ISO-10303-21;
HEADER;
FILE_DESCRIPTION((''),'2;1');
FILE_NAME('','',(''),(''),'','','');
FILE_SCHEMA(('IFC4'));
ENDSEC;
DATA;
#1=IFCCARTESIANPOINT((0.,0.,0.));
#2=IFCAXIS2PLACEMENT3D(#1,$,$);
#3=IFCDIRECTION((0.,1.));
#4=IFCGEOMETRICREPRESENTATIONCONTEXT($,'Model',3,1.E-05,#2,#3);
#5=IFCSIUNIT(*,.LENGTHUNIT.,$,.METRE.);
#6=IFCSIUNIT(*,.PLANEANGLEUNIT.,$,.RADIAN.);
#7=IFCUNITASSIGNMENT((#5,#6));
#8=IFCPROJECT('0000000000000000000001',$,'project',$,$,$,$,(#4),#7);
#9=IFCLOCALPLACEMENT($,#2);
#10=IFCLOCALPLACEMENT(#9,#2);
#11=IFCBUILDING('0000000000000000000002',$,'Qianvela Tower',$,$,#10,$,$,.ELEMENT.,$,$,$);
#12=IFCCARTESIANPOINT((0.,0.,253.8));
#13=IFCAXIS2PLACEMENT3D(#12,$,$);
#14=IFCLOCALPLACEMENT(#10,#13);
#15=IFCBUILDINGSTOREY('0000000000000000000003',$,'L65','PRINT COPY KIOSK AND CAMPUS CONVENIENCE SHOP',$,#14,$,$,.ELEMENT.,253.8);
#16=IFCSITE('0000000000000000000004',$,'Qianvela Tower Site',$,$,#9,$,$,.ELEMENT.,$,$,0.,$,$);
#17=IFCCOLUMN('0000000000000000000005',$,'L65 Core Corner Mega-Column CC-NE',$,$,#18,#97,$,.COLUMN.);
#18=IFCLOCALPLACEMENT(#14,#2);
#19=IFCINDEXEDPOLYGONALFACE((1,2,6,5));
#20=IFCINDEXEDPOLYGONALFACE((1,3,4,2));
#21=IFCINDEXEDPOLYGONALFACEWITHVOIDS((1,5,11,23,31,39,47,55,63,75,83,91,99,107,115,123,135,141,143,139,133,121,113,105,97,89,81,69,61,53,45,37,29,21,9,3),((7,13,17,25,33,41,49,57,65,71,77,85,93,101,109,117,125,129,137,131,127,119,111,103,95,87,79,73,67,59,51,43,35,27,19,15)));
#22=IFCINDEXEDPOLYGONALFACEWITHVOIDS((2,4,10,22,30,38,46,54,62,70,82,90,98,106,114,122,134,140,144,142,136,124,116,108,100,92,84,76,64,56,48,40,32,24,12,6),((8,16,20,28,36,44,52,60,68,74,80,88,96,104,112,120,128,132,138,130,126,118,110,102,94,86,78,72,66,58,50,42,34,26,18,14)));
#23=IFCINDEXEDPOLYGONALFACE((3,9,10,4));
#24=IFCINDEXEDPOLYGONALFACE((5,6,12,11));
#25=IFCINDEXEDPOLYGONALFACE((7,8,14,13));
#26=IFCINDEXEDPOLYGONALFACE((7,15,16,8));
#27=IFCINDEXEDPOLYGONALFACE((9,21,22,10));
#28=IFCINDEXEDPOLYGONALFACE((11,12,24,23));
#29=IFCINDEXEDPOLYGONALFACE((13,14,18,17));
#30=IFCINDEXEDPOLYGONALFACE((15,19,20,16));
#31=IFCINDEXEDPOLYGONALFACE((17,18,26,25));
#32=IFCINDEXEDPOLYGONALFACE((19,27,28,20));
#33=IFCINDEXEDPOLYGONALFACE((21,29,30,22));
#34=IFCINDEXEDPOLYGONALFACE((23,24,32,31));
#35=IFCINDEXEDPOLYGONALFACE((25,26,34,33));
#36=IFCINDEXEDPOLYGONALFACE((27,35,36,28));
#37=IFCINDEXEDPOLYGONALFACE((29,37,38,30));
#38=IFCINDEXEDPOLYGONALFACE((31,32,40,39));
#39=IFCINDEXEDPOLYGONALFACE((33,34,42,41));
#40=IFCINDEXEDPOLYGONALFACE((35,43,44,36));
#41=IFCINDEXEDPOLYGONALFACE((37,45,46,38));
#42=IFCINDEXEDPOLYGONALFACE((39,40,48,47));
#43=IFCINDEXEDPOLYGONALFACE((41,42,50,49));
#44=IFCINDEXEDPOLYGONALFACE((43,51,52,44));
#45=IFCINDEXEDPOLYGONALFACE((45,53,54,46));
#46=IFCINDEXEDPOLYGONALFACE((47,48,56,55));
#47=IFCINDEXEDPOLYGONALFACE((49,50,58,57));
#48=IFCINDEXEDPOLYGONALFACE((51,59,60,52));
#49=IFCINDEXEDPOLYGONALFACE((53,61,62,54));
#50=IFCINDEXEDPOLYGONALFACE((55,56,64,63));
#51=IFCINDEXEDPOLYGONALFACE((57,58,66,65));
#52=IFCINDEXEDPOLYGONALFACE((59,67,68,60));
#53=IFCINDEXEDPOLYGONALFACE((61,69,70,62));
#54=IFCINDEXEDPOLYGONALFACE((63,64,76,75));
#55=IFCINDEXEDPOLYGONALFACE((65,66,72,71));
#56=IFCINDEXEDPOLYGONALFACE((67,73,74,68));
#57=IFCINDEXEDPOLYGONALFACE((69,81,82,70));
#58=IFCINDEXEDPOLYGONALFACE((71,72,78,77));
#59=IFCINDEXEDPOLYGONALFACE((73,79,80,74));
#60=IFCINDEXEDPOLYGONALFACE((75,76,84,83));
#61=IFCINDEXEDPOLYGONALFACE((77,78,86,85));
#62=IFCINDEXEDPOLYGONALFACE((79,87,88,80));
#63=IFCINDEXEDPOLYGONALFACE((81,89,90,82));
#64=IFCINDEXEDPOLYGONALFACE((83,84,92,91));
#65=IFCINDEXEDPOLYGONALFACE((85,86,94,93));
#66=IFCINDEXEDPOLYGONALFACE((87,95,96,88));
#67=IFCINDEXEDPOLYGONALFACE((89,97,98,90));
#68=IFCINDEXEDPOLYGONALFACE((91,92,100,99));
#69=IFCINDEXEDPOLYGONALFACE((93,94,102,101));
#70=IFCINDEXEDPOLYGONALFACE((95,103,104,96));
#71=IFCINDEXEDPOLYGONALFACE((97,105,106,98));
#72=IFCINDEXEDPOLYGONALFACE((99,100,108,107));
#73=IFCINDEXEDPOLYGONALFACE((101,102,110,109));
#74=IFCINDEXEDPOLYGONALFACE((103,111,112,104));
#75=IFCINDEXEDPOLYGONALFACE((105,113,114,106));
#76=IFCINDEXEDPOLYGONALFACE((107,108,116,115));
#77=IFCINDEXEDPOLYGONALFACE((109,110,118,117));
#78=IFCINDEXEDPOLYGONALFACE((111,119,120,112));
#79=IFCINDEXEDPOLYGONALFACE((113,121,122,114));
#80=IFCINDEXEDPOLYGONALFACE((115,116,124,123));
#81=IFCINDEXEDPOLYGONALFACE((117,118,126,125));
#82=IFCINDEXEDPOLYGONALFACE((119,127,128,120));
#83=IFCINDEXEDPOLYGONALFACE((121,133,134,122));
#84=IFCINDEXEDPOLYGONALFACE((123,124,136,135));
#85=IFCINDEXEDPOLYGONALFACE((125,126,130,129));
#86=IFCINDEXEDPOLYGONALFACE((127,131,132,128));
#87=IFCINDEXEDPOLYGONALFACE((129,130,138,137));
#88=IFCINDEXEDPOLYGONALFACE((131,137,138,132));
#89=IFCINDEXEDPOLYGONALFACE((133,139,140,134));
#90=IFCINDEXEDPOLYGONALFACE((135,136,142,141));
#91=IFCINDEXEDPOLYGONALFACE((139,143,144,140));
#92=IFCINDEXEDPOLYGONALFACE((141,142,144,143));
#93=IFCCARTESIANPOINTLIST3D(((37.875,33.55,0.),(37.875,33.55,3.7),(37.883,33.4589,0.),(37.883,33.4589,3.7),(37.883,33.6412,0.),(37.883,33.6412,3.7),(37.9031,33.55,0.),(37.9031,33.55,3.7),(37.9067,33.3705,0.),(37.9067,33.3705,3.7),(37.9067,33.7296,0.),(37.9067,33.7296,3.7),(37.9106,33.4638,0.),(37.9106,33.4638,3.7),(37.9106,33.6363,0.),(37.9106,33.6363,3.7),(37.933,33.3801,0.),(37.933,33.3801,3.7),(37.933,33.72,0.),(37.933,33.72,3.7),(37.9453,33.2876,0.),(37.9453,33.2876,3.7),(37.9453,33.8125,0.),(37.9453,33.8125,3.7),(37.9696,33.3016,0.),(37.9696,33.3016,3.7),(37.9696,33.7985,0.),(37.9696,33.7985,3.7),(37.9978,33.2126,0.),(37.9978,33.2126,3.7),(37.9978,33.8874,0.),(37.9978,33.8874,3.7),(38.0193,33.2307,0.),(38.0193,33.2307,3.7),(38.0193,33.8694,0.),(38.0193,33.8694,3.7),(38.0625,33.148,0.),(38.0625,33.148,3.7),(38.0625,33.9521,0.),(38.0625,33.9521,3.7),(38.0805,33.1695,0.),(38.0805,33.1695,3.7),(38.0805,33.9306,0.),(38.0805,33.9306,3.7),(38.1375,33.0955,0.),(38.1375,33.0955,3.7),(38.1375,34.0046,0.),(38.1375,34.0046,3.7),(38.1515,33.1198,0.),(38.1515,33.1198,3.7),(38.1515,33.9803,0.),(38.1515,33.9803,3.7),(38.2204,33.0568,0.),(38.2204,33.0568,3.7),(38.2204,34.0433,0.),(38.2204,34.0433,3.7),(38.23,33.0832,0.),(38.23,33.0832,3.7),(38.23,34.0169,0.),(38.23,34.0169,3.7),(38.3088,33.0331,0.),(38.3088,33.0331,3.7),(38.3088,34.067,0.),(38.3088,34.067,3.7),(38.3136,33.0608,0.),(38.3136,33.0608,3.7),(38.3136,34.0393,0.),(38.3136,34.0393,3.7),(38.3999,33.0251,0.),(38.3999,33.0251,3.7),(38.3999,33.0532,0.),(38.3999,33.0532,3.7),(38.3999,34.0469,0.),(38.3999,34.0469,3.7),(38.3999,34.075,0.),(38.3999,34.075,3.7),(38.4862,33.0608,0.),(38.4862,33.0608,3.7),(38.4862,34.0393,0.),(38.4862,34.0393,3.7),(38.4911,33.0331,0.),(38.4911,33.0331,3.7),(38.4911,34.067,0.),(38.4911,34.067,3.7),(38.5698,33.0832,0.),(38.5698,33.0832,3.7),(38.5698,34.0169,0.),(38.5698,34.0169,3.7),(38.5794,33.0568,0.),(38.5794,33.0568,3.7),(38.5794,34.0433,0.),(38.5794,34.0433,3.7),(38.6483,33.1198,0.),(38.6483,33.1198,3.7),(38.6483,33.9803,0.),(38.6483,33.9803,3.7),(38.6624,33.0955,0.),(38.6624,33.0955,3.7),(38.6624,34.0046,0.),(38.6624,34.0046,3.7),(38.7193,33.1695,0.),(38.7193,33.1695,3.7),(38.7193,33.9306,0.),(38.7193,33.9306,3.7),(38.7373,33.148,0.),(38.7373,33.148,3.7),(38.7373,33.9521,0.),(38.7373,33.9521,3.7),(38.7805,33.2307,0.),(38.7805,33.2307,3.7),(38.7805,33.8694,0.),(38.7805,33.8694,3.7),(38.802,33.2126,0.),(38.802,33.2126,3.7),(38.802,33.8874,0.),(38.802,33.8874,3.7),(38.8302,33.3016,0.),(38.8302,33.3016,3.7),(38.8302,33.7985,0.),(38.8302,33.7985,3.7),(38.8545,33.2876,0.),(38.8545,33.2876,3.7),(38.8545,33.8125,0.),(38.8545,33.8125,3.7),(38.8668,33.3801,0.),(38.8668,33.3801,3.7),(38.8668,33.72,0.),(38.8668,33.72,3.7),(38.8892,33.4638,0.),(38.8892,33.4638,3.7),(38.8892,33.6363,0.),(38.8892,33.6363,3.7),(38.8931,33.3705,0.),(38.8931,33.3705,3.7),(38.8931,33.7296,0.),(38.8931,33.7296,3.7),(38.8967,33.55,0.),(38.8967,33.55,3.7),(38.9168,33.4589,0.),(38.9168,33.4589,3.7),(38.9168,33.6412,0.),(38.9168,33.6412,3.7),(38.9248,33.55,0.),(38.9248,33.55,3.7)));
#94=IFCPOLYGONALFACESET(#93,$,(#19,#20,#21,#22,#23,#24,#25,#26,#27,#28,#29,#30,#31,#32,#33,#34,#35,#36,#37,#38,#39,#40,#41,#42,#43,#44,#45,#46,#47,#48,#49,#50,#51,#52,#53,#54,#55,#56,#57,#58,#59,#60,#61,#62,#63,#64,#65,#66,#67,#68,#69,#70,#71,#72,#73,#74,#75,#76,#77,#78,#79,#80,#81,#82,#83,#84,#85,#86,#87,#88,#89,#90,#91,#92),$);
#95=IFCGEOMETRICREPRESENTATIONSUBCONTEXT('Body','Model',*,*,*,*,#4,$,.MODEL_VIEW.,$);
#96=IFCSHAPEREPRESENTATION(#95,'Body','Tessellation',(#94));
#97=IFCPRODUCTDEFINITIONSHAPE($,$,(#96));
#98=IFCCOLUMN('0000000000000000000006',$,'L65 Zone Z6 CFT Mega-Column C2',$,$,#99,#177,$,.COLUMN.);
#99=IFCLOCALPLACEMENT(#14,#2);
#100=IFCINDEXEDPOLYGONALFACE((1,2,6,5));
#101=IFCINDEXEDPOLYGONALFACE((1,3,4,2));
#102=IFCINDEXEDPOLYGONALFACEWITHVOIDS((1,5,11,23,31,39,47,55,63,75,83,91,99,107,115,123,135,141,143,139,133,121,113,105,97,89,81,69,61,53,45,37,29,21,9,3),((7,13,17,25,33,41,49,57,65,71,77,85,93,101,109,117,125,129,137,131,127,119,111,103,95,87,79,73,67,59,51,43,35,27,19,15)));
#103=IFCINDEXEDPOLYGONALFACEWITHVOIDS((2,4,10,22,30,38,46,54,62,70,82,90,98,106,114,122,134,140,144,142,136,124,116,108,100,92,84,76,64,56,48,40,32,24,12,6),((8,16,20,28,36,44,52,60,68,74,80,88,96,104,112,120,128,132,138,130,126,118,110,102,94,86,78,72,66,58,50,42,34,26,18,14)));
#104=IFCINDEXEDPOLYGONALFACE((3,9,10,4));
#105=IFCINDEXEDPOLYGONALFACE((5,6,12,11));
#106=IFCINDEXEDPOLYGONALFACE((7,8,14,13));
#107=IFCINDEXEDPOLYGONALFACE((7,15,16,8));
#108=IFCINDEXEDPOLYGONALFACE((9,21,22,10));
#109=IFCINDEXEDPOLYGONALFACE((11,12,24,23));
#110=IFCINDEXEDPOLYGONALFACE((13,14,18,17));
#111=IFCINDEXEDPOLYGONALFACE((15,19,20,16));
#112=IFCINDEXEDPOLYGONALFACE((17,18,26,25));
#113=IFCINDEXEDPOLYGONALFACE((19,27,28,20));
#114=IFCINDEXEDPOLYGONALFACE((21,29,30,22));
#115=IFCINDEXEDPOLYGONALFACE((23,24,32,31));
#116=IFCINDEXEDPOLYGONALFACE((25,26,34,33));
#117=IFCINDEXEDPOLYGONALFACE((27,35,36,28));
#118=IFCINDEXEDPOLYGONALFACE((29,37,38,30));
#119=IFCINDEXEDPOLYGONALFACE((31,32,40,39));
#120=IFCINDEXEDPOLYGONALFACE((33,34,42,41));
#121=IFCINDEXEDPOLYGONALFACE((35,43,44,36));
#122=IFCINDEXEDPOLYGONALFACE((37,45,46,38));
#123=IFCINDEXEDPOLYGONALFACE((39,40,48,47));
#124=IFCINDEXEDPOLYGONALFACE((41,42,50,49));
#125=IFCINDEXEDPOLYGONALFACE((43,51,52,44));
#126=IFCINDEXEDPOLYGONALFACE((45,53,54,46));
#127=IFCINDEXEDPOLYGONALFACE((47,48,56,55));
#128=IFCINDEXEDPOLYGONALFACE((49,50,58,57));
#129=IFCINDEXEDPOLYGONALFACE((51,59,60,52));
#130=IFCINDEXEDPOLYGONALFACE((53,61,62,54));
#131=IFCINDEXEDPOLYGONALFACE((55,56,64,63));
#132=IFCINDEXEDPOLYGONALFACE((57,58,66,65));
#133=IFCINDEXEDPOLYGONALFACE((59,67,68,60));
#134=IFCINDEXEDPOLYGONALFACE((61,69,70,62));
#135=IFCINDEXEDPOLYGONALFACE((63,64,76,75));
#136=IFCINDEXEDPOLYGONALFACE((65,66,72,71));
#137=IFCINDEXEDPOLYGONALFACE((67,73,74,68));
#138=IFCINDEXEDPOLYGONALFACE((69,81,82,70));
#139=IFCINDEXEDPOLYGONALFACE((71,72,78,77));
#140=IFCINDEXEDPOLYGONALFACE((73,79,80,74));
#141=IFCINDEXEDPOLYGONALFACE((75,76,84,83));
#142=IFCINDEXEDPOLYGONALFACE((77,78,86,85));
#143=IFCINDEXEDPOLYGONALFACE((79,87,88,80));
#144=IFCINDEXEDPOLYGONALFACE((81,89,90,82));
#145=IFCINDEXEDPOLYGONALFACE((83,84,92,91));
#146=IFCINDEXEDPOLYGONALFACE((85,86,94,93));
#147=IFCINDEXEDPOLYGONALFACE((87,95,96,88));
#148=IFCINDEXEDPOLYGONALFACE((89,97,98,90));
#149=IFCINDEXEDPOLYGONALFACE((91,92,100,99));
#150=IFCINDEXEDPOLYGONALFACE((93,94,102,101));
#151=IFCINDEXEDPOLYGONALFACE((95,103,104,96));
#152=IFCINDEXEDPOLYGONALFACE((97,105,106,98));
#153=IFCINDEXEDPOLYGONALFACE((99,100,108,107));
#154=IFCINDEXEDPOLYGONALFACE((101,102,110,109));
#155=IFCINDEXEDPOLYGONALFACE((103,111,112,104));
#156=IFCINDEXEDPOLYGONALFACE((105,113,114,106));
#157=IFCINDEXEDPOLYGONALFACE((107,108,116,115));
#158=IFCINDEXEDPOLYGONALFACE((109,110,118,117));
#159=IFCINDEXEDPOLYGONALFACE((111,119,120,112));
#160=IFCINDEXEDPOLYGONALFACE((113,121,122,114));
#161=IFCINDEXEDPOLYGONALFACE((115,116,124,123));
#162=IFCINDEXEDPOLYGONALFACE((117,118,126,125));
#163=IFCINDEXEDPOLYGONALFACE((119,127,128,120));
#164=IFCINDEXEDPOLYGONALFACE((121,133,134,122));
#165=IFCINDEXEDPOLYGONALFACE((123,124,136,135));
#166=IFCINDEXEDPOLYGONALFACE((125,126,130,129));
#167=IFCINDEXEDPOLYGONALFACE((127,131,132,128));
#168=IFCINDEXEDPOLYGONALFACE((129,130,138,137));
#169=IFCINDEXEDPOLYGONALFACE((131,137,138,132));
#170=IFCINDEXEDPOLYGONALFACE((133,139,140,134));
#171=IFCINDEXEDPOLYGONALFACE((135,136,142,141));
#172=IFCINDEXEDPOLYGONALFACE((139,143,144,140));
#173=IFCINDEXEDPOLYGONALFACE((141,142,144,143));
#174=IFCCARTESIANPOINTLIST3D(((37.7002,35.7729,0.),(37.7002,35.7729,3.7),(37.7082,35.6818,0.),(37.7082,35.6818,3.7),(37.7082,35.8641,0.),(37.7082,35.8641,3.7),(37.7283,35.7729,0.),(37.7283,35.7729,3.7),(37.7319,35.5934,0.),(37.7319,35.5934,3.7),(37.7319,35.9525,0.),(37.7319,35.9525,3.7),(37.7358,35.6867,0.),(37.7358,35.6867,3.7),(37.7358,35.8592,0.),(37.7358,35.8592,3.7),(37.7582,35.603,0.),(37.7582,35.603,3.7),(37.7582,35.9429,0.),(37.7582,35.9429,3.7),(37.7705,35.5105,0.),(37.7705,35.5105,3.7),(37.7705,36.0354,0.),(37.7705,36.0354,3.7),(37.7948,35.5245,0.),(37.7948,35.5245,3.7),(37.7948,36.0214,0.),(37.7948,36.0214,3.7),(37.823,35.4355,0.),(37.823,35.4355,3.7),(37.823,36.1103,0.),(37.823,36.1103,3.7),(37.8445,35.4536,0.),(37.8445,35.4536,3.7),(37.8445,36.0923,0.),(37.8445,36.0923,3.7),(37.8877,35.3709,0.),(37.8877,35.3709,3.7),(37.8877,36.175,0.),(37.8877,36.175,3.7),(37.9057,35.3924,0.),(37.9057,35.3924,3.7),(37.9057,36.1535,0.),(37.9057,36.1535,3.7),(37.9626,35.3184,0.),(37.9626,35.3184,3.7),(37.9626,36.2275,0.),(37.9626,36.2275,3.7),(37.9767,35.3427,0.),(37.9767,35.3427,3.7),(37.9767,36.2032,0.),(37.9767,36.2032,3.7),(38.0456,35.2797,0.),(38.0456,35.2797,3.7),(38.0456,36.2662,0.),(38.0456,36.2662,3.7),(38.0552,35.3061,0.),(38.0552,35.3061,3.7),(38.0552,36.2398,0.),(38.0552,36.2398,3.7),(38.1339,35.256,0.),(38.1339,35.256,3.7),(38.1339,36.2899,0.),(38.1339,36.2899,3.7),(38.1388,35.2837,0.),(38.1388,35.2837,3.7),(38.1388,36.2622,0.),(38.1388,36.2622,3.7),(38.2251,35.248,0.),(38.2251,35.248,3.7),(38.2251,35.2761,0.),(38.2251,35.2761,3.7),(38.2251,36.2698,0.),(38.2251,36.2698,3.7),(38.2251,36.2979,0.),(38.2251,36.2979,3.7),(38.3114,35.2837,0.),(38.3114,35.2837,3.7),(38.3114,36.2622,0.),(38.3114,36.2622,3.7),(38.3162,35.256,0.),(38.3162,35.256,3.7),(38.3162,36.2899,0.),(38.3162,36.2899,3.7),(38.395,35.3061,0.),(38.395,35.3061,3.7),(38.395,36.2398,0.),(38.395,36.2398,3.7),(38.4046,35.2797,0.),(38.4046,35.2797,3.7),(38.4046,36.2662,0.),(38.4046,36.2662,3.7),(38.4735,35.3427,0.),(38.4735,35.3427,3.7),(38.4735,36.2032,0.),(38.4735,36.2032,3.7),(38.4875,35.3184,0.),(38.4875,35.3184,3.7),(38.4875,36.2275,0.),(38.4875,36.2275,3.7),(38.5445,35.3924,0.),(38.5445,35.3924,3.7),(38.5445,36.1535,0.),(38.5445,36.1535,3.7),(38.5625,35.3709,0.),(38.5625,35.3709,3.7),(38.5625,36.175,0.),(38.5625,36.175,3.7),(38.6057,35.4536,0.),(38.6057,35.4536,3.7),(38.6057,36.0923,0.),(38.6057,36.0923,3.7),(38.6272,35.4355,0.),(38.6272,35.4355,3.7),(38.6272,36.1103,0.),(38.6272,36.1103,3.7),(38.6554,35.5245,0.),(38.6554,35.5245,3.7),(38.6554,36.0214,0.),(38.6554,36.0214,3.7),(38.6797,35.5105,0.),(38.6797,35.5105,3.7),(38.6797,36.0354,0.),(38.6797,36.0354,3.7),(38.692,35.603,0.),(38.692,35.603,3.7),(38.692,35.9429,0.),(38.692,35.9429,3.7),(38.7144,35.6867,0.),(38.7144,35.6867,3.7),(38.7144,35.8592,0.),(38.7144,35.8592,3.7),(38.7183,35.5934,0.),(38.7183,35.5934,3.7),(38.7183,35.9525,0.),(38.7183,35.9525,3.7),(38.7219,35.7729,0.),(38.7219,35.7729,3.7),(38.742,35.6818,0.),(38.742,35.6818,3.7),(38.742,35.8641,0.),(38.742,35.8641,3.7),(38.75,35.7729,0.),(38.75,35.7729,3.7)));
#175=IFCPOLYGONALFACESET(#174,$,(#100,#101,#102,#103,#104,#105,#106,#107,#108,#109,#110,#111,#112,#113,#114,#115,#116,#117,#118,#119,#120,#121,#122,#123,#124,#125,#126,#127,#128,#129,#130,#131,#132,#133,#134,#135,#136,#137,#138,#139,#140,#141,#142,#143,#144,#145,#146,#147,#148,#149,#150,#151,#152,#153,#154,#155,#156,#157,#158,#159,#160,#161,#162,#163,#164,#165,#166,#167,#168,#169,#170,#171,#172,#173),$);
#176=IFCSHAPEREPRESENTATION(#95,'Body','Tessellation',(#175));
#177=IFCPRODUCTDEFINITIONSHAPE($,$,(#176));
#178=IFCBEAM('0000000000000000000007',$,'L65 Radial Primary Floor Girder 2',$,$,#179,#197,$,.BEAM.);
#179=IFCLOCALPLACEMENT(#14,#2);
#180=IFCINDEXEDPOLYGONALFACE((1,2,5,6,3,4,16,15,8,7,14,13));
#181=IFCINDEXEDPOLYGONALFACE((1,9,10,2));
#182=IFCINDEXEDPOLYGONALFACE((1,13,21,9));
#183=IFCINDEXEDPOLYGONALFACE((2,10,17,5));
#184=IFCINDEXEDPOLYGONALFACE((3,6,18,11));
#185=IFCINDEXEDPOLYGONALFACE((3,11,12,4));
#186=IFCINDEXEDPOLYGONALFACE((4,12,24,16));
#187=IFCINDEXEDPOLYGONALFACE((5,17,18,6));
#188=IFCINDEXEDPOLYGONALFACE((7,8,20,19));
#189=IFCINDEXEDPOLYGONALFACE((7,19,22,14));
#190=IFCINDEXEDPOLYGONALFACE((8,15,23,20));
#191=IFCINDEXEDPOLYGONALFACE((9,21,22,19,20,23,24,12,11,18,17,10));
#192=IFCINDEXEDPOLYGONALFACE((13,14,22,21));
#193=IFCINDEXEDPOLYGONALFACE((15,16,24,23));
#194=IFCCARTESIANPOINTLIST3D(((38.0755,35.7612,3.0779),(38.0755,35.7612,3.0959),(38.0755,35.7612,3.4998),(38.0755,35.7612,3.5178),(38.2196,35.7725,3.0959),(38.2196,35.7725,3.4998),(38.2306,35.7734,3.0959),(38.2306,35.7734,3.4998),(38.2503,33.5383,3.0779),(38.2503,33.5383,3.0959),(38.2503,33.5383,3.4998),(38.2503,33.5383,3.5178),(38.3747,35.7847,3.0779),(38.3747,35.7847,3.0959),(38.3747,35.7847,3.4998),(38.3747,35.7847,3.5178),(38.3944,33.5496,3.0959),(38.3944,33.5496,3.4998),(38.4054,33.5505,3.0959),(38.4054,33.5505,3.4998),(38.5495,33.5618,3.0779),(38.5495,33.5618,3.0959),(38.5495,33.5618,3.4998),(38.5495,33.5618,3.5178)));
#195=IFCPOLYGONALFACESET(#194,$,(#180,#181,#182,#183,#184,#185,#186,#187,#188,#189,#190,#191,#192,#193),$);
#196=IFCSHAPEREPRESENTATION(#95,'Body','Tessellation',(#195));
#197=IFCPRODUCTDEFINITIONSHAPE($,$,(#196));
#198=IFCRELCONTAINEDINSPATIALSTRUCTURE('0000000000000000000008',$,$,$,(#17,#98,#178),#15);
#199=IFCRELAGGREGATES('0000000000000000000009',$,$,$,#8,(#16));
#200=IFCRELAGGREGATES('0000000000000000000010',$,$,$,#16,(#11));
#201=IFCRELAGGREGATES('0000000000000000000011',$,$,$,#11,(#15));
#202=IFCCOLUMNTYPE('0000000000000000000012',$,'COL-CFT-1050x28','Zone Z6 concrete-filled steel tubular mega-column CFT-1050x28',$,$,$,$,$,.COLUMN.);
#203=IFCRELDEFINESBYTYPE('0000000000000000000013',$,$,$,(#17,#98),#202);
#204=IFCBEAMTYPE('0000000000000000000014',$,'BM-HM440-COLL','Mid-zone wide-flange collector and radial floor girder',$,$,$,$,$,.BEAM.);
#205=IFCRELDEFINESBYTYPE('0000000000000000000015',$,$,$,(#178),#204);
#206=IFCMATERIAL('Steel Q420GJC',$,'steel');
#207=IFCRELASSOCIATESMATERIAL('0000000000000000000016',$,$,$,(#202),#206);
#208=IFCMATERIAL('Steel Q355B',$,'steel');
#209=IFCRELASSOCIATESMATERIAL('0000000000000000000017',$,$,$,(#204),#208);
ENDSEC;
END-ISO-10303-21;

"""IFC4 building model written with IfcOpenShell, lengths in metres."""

from ifc_helpers import new_model, si_unit, direction, frame, origin, origin_2d, place, context, subcontext, project, spatial, hollow_circle, i_section, extrude, material, material_profile, profile_set, type_object, element, save


model = new_model("IFC4")

# Units and contexts
model_context = context("Model", 3, precision=1e-05, world=origin(), true_north=direction((0.0, 1.0)))
body_context = subcontext(model_context, "Body", "Model", "MODEL_VIEW")
ifc_project = project(units=[si_unit("LENGTHUNIT", "METRE"), si_unit("PLANEANGLEUNIT", "RADIAN")], contexts=[model_context])

# Site, building, storey
site_placement = place(None, origin())
site = spatial("IfcSite", under=ifc_project, at=site_placement, Name="Qianvela Tower Site", CompositionType="ELEMENT", RefElevation=0.0)
building_placement = place(site_placement, origin())
building = spatial("IfcBuilding", under=site, at=building_placement, Name="Qianvela Tower", CompositionType="ELEMENT")
storey_placement = place(building_placement, frame((0.0, 0.0, 253.8)))
storey = spatial("IfcBuildingStorey", under=building, at=storey_placement, Name="L65", Description="PRINT COPY KIOSK AND CAMPUS CONVENIENCE SHOP", CompositionType="ELEMENT", Elevation=253.8)

# Columns
ifc_material_1 = material(Name="Steel Q420GJC", Category="steel")
ifc_material_profile_1 = material_profile(ifc_material_1, hollow_circle(Radius=0.5249, WallThickness=0.0281, at=origin_2d()), Name="CFT-1050x28")
ifc_profile_set_1 = profile_set([ifc_material_profile_1], Name="Steel Q420GJC")
column_type = type_object("IfcColumnType", Name="COL-CFT-1050x28", Description="Zone Z6 concrete-filled steel tubular mega-column CFT-1050x28", PredefinedType="COLUMN", material=ifc_profile_set_1)
for number, where, z_axis, x_axis, name in (
    (1, (38.3999, 33.55, 0.0), (0.0, 0.0, 1.0), (1.0, 0.0, 0.0), "L65 Core Corner Mega-Column CC-NE"),
    (2, (38.2251, 35.7729, 0.0), (0.0, 0.0, 1.0), (1.0, 0.0, 0.0), "L65 Zone Z6 CFT Mega-Column C2"),
):
    element("IfcColumn", number, at=place(storey_placement, frame(where, z_axis=z_axis, x_axis=x_axis)), inside=storey, type_object=column_type, Name=name, PredefinedType="COLUMN", context=body_context, shape_type="SweptSolid", body=[
        extrude(hollow_circle(Radius=0.5249, WallThickness=0.0281, at=origin_2d()), origin(), (0.0, 0.0, 1.0), 3.7),
    ])

# Beam
ifc_material_2 = material(Name="Steel Q355B", Category="steel")
ifc_material_profile_2 = material_profile(ifc_material_2, i_section(OverallWidth=0.3, OverallDepth=0.4399, WebThickness=0.011, FlangeThickness=0.0181, at=origin_2d()), Name="HM440x300x11x18")
ifc_profile_set_2 = profile_set([ifc_material_profile_2], Name="Steel Q355B")
beam_type_1 = type_object("IfcBeamType", Name="BM-HM440-COLL", Description="Mid-zone wide-flange collector and radial floor girder", PredefinedType="BEAM", material=ifc_profile_set_2)
beam_1_placement = place(storey_placement, frame((38.3999, 33.55, 3.2979), z_axis=(-0.078396, 0.996922, 0.0), x_axis=(-0.996922, -0.078396, 0.0)))
element("IfcBeam", 3, at=beam_1_placement, inside=storey, type_object=beam_type_1, Name="L65 Radial Primary Floor Girder 2", PredefinedType="BEAM", context=body_context, shape_type="SweptSolid", body=[
    extrude(i_section(OverallWidth=0.3, OverallDepth=0.4399, WebThickness=0.011, FlangeThickness=0.0181, at=origin_2d()), origin(), (0.0, 0.0, 1.0), 2.2297),
])

save(model, "model.ifc")
